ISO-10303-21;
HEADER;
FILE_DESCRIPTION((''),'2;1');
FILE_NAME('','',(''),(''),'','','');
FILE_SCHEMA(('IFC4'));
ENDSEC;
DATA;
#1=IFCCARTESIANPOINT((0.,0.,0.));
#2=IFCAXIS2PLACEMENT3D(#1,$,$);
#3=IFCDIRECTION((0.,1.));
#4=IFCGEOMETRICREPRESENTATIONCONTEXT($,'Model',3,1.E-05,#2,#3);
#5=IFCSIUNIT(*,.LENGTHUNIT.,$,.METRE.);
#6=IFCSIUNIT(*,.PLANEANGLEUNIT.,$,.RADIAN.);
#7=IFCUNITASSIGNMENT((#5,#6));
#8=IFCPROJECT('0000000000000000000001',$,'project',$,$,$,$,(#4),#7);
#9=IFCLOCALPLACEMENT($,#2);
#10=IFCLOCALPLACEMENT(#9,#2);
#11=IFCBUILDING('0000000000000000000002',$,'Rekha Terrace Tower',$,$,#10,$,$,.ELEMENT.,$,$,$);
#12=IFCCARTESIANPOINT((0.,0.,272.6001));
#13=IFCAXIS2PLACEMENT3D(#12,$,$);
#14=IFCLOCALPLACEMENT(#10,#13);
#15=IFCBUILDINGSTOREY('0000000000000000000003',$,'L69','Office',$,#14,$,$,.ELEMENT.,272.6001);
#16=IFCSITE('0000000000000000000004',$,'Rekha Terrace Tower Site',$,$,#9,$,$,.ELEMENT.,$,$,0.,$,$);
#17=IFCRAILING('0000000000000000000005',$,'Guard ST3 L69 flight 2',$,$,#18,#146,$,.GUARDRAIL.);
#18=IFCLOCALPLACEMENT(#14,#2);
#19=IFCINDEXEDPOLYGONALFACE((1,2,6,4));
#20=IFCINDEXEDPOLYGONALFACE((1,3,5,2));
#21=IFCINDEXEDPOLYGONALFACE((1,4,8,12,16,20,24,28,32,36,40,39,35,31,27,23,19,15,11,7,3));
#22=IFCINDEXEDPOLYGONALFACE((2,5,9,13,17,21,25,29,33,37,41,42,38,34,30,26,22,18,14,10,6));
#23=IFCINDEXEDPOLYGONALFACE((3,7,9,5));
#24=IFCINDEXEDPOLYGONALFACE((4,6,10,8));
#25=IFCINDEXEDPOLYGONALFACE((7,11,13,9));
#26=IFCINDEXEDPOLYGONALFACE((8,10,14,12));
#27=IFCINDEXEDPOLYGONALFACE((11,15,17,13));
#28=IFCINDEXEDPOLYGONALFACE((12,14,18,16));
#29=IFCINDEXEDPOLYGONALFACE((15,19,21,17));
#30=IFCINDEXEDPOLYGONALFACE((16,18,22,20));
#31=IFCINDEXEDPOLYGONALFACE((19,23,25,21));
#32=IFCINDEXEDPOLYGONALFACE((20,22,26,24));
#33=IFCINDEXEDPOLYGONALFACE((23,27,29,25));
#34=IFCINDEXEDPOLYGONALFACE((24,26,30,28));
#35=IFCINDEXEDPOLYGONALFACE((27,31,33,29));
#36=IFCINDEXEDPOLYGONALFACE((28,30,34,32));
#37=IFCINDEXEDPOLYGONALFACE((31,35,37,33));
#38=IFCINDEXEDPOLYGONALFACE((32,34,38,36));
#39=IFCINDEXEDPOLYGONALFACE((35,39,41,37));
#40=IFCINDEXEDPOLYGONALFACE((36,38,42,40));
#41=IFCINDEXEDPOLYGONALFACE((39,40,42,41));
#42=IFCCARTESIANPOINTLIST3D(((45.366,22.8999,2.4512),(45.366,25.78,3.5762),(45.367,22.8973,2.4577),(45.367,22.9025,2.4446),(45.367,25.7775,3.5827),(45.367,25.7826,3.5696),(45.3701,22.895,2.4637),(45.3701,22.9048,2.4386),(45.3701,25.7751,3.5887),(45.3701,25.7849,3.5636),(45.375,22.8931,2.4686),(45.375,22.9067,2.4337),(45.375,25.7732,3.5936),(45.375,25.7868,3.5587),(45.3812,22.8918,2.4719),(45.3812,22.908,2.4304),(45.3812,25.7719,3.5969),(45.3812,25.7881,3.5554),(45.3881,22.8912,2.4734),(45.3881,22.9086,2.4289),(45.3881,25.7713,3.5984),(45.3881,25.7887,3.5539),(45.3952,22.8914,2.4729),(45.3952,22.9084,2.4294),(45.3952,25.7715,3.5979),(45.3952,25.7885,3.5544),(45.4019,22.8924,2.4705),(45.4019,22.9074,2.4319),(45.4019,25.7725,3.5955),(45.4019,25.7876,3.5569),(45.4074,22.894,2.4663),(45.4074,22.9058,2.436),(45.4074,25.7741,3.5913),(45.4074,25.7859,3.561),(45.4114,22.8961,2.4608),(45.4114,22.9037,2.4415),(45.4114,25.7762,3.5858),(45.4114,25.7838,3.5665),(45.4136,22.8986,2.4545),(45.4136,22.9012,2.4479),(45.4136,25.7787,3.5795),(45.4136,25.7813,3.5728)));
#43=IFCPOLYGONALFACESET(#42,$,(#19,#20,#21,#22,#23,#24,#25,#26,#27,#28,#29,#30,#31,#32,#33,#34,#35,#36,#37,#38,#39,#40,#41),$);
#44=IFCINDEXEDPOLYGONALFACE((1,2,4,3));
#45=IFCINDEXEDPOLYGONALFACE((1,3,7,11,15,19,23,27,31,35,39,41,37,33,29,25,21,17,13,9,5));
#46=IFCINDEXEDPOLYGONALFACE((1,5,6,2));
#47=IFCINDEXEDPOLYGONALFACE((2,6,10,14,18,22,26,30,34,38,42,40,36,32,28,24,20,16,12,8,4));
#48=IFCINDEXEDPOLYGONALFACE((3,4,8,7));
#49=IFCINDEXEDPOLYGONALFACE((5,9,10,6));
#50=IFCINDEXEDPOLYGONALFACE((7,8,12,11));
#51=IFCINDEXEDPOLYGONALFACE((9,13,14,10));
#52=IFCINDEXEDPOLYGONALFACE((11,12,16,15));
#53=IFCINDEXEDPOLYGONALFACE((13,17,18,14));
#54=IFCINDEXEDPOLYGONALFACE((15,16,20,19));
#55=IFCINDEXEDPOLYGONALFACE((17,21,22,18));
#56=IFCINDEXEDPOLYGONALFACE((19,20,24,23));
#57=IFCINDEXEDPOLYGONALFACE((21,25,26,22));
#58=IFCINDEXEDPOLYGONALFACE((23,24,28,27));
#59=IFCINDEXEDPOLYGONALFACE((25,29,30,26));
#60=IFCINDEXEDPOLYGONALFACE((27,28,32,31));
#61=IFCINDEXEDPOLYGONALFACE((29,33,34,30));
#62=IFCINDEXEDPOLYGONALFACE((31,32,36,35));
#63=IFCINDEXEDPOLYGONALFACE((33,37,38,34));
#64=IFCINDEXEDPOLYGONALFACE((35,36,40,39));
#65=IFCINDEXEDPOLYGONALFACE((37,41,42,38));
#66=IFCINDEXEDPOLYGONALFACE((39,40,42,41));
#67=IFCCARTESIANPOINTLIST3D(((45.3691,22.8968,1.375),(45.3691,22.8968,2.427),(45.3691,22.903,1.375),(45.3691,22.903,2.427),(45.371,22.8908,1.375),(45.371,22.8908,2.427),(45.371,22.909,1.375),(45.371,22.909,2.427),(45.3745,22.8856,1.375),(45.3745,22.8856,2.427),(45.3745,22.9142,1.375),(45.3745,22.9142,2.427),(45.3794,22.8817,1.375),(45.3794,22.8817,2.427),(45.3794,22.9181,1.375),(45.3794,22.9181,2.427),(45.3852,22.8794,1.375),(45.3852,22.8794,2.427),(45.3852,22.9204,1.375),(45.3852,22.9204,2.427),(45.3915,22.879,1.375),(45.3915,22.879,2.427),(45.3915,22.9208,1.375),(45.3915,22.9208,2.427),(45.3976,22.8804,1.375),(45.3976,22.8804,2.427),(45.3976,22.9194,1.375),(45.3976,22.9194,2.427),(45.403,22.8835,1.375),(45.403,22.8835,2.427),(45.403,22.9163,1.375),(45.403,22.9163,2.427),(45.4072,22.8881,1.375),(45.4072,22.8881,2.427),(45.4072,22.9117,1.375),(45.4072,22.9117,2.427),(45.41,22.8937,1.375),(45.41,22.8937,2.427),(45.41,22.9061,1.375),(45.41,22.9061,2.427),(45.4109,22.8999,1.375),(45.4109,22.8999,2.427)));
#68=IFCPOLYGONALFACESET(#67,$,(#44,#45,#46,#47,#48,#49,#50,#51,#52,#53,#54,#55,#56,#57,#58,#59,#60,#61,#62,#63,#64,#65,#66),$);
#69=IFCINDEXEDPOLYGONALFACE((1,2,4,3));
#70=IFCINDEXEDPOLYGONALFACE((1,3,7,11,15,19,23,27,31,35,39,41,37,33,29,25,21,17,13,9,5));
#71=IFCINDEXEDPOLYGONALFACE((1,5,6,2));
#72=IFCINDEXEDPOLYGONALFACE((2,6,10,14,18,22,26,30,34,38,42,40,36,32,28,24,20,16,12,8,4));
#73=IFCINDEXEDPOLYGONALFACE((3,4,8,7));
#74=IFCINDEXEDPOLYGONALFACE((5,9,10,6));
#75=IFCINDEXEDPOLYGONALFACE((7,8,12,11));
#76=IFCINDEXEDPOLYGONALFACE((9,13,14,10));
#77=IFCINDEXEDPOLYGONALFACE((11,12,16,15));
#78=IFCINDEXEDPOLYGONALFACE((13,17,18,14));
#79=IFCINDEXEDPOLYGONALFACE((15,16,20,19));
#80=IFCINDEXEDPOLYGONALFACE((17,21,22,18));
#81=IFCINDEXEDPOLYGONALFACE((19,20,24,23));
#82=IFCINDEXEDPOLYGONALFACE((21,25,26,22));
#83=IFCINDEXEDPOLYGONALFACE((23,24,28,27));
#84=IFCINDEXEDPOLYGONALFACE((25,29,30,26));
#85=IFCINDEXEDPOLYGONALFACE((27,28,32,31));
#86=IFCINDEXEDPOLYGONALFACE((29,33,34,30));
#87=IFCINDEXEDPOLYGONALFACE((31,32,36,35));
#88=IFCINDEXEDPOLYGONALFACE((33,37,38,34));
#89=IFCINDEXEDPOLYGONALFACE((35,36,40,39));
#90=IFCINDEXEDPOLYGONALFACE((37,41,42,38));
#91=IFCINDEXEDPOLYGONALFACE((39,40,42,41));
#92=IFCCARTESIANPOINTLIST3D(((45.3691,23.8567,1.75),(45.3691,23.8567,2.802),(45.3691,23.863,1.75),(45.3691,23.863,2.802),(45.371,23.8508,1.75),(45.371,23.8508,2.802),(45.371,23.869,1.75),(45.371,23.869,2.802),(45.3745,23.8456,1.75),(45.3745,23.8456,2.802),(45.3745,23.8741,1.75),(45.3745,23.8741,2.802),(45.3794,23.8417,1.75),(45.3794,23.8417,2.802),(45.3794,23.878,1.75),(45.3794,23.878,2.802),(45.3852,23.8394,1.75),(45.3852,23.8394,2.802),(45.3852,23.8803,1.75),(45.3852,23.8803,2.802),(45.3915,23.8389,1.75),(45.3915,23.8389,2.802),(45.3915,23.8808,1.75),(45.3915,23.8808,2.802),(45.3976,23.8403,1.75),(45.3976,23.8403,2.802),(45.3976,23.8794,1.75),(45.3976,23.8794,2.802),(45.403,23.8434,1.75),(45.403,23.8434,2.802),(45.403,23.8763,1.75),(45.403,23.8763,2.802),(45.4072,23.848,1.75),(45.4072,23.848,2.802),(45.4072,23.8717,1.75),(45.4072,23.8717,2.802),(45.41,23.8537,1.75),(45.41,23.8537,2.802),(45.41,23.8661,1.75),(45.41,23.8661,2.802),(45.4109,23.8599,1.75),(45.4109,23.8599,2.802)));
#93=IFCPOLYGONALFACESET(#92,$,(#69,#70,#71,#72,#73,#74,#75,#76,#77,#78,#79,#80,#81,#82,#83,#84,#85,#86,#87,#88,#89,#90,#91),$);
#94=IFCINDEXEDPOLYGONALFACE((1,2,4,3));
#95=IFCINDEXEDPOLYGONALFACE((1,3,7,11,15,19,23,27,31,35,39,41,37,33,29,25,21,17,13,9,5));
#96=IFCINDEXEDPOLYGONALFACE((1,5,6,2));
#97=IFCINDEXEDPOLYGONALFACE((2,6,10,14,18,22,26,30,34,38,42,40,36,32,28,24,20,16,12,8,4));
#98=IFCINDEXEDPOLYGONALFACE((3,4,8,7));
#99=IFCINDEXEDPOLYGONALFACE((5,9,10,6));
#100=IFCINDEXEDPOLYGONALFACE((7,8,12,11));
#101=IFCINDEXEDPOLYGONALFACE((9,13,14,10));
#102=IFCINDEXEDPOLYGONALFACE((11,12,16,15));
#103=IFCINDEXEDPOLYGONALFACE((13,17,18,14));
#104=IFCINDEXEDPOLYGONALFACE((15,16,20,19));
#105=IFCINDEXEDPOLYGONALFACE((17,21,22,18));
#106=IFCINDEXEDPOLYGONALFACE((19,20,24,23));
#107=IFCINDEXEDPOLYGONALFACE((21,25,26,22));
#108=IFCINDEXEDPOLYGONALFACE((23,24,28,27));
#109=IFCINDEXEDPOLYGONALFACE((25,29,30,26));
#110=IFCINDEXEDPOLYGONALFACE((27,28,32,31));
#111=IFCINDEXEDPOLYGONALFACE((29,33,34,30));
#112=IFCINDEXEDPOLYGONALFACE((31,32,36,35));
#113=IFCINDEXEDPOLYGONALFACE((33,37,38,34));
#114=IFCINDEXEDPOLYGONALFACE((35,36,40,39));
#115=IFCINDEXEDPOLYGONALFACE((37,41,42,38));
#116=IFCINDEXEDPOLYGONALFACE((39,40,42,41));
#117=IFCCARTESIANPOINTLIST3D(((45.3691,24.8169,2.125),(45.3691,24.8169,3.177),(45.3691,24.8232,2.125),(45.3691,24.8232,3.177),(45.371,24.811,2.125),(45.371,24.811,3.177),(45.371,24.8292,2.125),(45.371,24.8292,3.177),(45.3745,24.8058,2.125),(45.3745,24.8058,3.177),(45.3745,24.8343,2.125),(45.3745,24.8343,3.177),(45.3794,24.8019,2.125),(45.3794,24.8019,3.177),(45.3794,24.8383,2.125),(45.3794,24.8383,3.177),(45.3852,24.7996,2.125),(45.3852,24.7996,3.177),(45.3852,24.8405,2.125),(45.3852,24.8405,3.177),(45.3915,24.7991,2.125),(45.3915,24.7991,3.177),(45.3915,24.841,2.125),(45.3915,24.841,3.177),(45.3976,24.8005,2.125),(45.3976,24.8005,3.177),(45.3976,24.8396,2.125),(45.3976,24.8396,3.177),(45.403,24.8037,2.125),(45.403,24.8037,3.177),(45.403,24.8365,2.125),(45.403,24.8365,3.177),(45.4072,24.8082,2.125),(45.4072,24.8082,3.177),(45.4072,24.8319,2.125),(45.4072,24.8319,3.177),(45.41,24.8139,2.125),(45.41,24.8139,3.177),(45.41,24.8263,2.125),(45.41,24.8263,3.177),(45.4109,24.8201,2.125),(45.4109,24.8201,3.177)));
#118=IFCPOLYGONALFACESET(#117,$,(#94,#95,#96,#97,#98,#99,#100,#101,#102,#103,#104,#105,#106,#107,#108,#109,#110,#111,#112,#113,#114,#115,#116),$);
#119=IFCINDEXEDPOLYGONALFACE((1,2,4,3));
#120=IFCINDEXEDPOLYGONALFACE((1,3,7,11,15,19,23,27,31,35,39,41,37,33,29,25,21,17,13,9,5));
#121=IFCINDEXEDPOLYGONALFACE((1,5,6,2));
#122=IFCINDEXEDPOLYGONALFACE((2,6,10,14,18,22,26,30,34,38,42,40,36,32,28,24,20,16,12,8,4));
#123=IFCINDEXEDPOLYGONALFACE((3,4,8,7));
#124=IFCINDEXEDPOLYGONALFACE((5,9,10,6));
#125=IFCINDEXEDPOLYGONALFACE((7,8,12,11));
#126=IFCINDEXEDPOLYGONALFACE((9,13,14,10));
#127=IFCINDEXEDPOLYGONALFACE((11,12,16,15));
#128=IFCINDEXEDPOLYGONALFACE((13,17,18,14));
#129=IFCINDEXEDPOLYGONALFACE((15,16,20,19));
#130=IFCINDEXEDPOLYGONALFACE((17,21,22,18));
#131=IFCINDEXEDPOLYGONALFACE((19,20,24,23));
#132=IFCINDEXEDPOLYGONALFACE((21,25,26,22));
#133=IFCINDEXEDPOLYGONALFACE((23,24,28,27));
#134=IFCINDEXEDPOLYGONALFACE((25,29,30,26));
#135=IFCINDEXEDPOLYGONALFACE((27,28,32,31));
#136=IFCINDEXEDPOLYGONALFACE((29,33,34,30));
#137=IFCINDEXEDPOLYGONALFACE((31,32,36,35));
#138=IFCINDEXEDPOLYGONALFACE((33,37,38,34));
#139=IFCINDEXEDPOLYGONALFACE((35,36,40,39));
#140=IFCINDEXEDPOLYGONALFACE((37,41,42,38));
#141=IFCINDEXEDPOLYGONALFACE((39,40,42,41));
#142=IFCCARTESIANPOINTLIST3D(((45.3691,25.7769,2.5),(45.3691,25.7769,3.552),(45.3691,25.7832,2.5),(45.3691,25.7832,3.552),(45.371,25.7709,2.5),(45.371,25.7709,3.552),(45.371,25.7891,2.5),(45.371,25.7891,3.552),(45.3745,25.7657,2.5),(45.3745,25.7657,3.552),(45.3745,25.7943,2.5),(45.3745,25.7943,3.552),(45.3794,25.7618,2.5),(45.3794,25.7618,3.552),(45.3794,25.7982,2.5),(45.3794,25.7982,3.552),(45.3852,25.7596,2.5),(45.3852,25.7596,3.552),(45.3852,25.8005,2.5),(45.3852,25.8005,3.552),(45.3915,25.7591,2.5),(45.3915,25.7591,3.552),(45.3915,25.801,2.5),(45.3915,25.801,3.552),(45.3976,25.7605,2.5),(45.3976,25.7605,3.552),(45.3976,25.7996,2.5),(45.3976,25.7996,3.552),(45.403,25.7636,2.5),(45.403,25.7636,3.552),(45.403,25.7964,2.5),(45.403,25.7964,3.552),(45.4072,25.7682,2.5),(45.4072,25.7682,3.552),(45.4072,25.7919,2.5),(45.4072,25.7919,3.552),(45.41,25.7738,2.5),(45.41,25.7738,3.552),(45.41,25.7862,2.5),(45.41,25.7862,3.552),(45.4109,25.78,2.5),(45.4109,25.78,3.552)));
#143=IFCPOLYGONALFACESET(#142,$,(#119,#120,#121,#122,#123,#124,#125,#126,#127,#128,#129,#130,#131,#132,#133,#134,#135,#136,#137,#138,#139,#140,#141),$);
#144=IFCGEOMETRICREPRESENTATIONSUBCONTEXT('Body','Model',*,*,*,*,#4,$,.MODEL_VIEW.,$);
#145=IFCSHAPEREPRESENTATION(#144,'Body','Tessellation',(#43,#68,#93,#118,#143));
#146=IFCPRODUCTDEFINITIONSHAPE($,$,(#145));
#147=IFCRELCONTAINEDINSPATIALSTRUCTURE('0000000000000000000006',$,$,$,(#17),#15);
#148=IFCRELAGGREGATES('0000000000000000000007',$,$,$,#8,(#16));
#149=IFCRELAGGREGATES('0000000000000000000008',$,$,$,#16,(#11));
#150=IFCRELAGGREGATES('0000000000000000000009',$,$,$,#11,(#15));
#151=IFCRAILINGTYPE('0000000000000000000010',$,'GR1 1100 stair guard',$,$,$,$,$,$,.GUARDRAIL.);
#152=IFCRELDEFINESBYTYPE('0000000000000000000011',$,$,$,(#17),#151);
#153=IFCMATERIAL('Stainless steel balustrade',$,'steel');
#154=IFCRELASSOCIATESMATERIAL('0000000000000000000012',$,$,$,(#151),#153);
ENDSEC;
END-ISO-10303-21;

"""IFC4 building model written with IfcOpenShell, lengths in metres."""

from ifc_helpers import new_model, si_unit, direction, frame, origin, origin_2d, place, context, subcontext, project, spatial, circle, extrude, material, type_object, element, save


model = new_model("IFC4")

# Units and contexts
model_context = context("Model", 3, precision=1e-05, world=origin(), true_north=direction((0.0, 1.0)))
body_context = subcontext(model_context, "Body", "Model", "MODEL_VIEW")
ifc_project = project(units=[si_unit("LENGTHUNIT", "METRE"), si_unit("PLANEANGLEUNIT", "RADIAN")], contexts=[model_context])

# Site, building, storey
site_placement = place(None, origin())
site = spatial("IfcSite", under=ifc_project, at=site_placement, Name="Rekha Terrace Tower Site", CompositionType="ELEMENT", RefElevation=0.0)
building_placement = place(site_placement, origin())
building = spatial("IfcBuilding", under=site, at=building_placement, Name="Rekha Terrace Tower", CompositionType="ELEMENT")
storey_placement = place(building_placement, frame((0.0, 0.0, 272.6001)))
storey = spatial("IfcBuildingStorey", under=building, at=storey_placement, Name="L69", Description="Office", CompositionType="ELEMENT", Elevation=272.6001)

# Railing
ifc_material_1 = material(Name="Stainless steel balustrade", Category="steel")
railing_type_1 = type_object("IfcRailingType", Name="GR1 1100 stair guard", PredefinedType="GUARDRAIL", material=ifc_material_1)
railing_1_placement = place(storey_placement, frame((45.3899, 22.8999, 1.375)))
element("IfcRailing", 1, at=railing_1_placement, inside=storey, type_object=railing_type_1, Name="Guard ST3 L69 flight 2", PredefinedType="GUARDRAIL", context=body_context, shape_type="SweptSolid", body=[
    extrude(circle(Radius=0.0239, at=origin_2d()), frame((0.0, 0.0, 1.0762), z_axis=(0.0, 0.931463, 0.363837), x_axis=(-1.0, 0.0, 0.0)), (0.0, 0.0, 1.0), 3.092),
    extrude(circle(Radius=0.021, at=origin_2d()), origin(), (0.0, 0.0, 1.0), 1.052),
    extrude(circle(Radius=0.021, at=origin_2d()), frame((0.0, 0.96, 0.375)), (0.0, 0.0, 1.0), 1.052),
    extrude(circle(Radius=0.021, at=origin_2d()), frame((0.0, 1.9202, 0.75)), (0.0, 0.0, 1.0), 1.052),
    extrude(circle(Radius=0.021, at=origin_2d()), frame((0.0, 2.8801, 1.125)), (0.0, 0.0, 1.0), 1.052),
])

save(model, "model.ifc")
